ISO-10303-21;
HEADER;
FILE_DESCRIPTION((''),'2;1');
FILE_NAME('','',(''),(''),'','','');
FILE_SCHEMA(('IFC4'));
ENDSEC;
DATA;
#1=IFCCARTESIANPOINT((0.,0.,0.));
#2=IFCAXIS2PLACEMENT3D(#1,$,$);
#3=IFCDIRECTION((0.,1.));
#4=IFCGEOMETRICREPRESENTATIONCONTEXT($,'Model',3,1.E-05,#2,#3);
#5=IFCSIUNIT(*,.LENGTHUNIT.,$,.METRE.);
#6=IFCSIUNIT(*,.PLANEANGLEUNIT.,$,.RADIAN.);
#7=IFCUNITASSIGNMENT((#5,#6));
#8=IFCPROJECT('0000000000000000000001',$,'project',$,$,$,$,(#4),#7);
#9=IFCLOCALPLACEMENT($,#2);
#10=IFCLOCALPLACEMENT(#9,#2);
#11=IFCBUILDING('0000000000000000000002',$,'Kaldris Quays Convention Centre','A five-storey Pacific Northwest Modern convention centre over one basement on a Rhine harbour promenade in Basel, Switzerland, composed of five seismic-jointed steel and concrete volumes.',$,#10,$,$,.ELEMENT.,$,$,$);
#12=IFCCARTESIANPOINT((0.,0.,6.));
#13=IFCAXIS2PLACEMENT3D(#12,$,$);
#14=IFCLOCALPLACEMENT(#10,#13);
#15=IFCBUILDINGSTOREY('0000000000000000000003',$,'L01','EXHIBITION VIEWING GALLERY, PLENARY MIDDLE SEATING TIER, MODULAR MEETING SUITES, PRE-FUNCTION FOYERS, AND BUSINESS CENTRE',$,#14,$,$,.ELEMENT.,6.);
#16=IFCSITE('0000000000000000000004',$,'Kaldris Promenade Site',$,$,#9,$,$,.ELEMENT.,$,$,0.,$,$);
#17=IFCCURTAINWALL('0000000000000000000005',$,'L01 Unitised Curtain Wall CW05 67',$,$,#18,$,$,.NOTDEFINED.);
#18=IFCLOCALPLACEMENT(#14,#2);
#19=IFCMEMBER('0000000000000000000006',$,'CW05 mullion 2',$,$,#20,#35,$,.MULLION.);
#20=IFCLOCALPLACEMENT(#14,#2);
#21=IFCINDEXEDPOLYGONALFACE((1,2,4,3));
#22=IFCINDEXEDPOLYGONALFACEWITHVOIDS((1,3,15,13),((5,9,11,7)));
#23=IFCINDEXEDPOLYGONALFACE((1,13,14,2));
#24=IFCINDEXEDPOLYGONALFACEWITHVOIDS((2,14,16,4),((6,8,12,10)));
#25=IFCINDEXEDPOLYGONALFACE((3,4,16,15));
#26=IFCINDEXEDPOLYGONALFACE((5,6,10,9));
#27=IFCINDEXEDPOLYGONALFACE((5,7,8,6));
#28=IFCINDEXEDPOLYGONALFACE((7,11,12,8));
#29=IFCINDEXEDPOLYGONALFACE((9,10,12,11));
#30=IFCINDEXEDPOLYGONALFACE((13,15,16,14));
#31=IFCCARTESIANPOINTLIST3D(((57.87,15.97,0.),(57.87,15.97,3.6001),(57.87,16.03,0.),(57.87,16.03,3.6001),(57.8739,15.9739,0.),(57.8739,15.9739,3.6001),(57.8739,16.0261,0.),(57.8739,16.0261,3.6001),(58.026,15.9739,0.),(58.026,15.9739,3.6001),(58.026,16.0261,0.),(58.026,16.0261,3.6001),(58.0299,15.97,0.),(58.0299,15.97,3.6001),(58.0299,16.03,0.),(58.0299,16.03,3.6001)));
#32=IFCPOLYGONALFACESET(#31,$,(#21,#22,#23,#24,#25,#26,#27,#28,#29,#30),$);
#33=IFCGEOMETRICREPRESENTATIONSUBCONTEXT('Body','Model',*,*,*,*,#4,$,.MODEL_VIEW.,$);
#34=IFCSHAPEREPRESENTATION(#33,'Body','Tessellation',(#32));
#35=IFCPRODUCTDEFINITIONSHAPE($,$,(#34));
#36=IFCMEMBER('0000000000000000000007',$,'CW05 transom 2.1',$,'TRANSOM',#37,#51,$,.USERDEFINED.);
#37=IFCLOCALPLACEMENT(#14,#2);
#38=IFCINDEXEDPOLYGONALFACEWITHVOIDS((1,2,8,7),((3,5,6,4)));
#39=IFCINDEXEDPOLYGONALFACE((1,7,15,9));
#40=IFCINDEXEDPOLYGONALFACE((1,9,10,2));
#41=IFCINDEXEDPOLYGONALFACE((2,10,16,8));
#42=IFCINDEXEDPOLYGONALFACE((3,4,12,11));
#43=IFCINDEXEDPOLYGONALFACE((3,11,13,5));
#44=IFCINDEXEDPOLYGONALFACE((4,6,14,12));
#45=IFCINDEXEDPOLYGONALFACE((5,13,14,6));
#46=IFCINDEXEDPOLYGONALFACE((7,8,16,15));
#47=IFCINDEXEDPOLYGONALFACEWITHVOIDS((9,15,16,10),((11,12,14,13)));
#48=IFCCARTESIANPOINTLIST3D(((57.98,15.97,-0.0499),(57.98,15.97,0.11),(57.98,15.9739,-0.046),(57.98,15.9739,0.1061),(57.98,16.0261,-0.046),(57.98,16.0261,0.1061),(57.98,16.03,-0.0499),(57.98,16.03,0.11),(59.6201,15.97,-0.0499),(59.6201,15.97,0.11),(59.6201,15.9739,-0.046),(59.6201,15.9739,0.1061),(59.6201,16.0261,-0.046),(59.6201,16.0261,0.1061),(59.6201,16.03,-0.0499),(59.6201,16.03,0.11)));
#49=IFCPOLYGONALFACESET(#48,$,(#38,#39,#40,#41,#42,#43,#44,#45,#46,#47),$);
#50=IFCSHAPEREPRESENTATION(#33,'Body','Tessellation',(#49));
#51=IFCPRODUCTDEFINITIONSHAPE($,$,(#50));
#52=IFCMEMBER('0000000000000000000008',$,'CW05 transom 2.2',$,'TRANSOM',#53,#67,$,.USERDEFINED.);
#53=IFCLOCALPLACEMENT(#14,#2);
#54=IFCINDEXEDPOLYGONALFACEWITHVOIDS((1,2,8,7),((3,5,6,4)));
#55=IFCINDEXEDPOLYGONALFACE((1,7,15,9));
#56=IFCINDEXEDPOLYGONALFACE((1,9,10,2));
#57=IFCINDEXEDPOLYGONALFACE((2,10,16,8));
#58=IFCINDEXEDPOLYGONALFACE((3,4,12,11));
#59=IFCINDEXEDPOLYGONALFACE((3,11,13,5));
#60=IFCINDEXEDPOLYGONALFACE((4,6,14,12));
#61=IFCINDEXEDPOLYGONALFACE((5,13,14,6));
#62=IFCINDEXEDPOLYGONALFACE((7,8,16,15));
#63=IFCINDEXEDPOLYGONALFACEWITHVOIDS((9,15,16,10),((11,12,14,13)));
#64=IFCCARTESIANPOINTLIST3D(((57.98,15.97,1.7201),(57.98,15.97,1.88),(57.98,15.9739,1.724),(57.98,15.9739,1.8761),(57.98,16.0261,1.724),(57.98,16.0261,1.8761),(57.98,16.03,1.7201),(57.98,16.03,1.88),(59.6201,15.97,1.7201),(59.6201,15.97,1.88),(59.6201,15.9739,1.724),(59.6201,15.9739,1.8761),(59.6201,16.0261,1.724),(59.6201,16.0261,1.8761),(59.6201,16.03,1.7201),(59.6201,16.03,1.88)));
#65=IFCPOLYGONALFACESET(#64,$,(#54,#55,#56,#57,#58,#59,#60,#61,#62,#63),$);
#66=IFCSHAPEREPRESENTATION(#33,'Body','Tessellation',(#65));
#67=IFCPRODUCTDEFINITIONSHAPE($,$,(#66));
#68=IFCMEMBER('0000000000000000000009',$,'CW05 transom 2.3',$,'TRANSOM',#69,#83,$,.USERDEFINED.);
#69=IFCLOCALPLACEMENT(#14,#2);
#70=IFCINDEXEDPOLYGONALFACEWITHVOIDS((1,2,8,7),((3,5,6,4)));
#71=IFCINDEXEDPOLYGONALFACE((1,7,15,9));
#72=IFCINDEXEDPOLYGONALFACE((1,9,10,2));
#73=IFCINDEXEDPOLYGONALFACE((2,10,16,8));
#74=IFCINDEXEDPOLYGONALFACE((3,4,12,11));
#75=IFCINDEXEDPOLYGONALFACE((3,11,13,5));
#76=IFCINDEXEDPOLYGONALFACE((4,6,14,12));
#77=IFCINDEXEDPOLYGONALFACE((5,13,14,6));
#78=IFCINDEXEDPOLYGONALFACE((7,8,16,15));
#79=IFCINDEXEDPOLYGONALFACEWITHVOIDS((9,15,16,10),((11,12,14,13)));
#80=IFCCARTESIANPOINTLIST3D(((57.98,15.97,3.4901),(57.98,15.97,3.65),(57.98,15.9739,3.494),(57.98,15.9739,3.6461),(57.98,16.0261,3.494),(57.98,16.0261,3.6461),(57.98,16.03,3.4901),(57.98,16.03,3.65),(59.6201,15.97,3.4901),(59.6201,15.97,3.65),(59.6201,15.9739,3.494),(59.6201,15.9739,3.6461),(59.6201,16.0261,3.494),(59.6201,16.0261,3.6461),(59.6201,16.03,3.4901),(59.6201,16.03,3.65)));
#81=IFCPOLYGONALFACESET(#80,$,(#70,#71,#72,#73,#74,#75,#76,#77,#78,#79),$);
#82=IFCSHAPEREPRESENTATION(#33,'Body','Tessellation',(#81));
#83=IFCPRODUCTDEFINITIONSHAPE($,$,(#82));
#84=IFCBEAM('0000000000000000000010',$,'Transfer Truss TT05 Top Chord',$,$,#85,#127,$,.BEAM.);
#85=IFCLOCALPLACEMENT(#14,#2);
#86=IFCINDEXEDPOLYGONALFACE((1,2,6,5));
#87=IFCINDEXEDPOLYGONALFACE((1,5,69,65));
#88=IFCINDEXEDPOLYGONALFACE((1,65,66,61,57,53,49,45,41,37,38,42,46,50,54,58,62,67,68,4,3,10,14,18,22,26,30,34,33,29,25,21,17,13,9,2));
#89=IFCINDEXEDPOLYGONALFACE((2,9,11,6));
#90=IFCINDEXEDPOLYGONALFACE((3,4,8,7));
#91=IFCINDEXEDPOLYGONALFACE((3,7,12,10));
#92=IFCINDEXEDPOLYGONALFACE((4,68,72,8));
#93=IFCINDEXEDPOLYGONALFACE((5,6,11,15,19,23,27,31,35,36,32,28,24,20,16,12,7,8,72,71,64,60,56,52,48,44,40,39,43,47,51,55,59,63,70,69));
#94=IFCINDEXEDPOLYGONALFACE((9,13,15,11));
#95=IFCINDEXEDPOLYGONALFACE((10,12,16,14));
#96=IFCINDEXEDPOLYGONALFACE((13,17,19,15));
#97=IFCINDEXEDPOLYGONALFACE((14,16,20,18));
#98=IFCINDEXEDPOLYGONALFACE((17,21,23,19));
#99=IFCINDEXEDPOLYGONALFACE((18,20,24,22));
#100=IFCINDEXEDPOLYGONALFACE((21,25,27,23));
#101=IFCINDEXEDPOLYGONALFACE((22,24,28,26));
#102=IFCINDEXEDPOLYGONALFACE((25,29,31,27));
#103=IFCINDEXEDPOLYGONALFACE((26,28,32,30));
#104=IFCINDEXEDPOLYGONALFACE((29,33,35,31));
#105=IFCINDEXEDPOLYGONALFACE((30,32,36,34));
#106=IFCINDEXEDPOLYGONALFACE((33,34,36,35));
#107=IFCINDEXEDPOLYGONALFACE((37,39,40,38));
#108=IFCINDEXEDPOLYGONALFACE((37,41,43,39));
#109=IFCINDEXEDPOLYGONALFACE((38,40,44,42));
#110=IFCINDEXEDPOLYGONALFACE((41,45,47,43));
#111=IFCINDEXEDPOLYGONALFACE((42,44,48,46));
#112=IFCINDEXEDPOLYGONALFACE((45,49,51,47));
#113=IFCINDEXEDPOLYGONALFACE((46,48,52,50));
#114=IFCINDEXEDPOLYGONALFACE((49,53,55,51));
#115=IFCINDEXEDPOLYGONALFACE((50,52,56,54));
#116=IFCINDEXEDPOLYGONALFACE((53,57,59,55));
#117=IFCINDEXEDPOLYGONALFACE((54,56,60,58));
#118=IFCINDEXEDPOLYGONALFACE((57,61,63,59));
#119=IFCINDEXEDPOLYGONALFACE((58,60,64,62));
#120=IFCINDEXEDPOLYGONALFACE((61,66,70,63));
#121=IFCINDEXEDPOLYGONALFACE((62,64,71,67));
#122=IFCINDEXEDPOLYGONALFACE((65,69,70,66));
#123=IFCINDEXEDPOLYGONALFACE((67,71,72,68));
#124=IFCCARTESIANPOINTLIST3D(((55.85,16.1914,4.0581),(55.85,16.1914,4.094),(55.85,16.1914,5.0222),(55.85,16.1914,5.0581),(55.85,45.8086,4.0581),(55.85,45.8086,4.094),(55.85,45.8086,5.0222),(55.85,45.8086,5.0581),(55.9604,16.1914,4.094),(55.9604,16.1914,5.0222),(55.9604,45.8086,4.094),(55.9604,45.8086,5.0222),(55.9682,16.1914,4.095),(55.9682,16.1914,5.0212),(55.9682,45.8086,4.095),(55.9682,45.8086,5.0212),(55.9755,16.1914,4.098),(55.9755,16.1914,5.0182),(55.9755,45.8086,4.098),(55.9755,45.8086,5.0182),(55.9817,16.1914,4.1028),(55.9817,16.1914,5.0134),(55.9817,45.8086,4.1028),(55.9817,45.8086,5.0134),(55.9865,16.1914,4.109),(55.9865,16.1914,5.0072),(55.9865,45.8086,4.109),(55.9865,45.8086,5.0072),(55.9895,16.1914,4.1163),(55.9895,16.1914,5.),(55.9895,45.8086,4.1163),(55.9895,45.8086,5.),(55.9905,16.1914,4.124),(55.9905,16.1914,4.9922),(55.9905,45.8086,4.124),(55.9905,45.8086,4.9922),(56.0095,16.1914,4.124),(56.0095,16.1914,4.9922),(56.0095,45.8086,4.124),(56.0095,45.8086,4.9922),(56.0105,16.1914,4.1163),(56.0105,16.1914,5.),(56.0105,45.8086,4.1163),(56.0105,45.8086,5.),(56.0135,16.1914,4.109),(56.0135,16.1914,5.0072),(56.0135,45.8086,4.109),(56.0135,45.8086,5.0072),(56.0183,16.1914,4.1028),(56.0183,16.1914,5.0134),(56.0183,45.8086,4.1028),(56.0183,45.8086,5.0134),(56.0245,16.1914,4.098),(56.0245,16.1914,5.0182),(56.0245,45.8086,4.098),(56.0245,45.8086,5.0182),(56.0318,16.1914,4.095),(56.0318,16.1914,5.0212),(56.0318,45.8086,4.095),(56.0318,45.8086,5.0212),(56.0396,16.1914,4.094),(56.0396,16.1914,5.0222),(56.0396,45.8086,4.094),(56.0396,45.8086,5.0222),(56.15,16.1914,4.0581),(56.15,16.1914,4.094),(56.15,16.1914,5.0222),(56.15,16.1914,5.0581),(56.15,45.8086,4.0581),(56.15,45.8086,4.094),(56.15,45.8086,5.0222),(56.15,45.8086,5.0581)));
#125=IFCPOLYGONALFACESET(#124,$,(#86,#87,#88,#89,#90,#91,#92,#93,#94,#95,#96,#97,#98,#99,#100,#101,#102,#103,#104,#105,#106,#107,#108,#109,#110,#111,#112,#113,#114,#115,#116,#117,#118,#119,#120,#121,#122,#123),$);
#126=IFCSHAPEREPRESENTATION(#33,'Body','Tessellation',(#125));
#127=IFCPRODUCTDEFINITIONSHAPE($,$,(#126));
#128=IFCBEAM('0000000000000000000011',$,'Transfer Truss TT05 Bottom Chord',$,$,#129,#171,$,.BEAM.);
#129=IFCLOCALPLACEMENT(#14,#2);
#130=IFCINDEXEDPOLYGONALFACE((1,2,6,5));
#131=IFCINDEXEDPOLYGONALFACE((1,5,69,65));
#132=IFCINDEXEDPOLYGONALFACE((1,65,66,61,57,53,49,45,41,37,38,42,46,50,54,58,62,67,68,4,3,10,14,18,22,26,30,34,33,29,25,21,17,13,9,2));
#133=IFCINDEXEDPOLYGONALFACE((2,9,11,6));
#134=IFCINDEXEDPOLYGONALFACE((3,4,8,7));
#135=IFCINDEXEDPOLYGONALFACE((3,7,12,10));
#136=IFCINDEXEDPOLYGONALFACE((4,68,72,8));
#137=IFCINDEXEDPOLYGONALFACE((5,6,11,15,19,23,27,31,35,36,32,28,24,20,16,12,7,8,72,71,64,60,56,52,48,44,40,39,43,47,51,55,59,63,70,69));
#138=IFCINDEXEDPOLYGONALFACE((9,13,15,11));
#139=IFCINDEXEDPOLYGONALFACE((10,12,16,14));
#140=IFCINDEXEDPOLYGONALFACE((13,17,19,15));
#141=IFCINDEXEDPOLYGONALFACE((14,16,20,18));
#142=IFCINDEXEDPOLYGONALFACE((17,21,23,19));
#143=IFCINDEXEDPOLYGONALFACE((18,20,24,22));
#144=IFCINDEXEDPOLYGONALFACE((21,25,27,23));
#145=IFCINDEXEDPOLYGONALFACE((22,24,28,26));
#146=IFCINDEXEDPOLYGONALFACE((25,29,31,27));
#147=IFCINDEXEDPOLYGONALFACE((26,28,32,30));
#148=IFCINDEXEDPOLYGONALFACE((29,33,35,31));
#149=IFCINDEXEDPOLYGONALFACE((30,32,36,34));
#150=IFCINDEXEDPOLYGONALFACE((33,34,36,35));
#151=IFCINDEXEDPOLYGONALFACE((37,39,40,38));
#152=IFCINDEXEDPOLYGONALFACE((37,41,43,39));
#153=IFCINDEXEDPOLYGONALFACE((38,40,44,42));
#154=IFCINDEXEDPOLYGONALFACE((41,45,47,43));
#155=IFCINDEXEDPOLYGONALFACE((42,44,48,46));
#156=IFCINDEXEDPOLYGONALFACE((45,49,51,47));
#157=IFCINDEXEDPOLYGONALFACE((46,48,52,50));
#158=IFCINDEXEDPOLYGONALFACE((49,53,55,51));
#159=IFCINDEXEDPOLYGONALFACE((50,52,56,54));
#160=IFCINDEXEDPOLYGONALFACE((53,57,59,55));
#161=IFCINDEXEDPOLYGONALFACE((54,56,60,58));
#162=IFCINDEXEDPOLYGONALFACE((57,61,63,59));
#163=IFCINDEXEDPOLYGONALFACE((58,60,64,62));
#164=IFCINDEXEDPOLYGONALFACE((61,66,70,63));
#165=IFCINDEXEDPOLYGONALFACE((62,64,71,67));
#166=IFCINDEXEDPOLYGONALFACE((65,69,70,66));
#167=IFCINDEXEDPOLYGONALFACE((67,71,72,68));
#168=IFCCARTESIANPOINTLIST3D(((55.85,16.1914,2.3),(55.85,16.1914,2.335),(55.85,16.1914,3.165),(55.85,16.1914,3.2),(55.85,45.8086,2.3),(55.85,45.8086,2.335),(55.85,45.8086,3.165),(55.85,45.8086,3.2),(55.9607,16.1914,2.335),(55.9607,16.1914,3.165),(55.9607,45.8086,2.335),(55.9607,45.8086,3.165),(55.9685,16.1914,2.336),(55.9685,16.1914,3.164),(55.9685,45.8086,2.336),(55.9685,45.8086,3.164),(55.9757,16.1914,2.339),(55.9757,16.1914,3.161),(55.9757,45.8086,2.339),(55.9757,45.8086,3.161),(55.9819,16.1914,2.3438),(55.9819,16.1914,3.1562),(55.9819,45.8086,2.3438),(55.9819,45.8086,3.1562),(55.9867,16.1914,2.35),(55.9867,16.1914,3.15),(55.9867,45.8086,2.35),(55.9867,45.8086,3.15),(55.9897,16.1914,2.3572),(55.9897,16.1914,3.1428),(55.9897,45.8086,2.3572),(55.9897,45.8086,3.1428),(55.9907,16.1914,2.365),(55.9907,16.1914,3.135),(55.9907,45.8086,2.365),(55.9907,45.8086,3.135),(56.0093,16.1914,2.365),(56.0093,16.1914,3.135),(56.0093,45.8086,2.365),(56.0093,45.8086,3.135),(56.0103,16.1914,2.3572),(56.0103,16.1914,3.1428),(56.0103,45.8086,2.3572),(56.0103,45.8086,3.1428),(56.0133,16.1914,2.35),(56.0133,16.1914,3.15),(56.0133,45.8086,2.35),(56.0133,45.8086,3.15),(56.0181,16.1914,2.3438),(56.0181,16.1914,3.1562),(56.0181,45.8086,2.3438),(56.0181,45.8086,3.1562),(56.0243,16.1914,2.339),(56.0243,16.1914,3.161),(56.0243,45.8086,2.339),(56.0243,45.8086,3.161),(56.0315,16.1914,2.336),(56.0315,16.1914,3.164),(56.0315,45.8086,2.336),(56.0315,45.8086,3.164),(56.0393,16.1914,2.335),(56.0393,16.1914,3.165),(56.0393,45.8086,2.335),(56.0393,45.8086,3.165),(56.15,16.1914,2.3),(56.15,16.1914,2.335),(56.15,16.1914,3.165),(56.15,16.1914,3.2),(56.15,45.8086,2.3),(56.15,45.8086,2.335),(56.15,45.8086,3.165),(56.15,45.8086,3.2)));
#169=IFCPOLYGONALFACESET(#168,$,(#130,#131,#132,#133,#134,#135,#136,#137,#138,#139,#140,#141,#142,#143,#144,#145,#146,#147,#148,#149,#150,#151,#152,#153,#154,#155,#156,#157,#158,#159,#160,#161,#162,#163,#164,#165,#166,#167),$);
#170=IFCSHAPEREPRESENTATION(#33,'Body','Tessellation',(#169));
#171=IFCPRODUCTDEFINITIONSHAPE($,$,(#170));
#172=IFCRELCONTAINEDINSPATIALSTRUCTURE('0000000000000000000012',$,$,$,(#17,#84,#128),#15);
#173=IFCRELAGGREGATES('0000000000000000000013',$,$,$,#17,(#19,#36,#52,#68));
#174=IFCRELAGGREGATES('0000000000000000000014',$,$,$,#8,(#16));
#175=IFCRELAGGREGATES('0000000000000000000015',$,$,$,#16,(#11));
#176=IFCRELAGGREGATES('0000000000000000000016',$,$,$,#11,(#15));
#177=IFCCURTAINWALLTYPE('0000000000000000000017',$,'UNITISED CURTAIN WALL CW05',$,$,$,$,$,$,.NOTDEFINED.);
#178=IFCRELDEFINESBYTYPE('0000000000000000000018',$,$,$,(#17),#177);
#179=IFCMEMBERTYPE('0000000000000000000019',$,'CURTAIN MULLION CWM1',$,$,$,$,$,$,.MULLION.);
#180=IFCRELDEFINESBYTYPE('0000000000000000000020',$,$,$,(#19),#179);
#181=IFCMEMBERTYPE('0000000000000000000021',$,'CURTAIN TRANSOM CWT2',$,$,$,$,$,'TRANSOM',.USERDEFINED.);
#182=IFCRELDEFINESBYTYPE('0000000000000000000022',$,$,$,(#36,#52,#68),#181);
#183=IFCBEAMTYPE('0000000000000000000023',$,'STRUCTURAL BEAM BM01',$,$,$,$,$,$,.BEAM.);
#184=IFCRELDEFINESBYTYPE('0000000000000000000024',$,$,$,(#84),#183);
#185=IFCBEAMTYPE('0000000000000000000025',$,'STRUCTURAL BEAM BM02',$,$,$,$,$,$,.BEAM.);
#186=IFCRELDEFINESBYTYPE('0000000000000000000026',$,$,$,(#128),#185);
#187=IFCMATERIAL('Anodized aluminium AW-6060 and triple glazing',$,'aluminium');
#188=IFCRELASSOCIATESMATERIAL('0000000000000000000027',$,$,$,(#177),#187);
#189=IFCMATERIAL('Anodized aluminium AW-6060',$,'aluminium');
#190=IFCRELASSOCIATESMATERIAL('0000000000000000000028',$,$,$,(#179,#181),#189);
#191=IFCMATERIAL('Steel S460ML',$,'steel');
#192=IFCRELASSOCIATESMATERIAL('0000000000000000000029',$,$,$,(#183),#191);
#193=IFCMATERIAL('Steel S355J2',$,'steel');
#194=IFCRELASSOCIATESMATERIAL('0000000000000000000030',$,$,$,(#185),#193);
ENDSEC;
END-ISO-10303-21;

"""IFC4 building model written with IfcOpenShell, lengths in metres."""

from ifc_helpers import new_model, si_unit, direction, frame, origin, origin_2d, place, context, subcontext, project, spatial, hollow_rectangle, i_section, extrude, material, material_profile, profile_set, type_object, element, aggregate, save


model = new_model("IFC4")

# Units and contexts
model_context = context("Model", 3, precision=1e-05, world=origin(), true_north=direction((0.0, 1.0)))
body_context = subcontext(model_context, "Body", "Model", "MODEL_VIEW")
ifc_project = project(units=[si_unit("LENGTHUNIT", "METRE"), si_unit("PLANEANGLEUNIT", "RADIAN")], contexts=[model_context])

# Site, building, storey
site_placement = place(None, origin())
site = spatial("IfcSite", under=ifc_project, at=site_placement, Name="Kaldris Promenade Site", CompositionType="ELEMENT", RefElevation=0.0)
building_placement = place(site_placement, origin())
building = spatial("IfcBuilding", under=site, at=building_placement, Name="Kaldris Quays Convention Centre", Description="A five-storey Pacific Northwest Modern convention centre over one basement on a Rhine harbour promenade in Basel, Switzerland, composed of five seismic-jointed steel and concrete volumes.", CompositionType="ELEMENT")
storey_placement = place(building_placement, frame((0.0, 0.0, 6.0)))
storey = spatial("IfcBuildingStorey", under=building, at=storey_placement, Name="L01", Description="EXHIBITION VIEWING GALLERY, PLENARY MIDDLE SEATING TIER, MODULAR MEETING SUITES, PRE-FUNCTION FOYERS, AND BUSINESS CENTRE", CompositionType="ELEMENT", Elevation=6.0)

# Curtain wall, members
ifc_material_1 = material(Name="Anodized aluminium AW-6060 and triple glazing", Category="aluminium")
curtain_wall_type = type_object("IfcCurtainWallType", Name="UNITISED CURTAIN WALL CW05", PredefinedType="NOTDEFINED", material=ifc_material_1)
curtain_wall_placement = place(storey_placement, origin())
curtain_wall = element("IfcCurtainWall", 1, at=curtain_wall_placement, inside=storey, type_object=curtain_wall_type, Name="L01 Unitised Curtain Wall CW05 67", PredefinedType="NOTDEFINED")
ifc_material_2 = material(Name="Anodized aluminium AW-6060", Category="aluminium")
ifc_material_profile_1 = material_profile(ifc_material_2, hollow_rectangle(XDim=0.0601, YDim=0.1599, WallThickness=0.0039, at=origin_2d()), Name="RHS 160x60x4")
ifc_profile_set_1 = profile_set([ifc_material_profile_1], Name="Anodized aluminium AW-6060")
member_type_1 = type_object("IfcMemberType", Name="CURTAIN MULLION CWM1", PredefinedType="MULLION", material=ifc_profile_set_1)
member_1_placement = place(storey_placement, frame((57.95, 16.0, 0.0), z_axis=(0.0, 0.0, 1.0), x_axis=(0.0, 1.0, 0.0)))
member_1 = element("IfcMember", 2, at=member_1_placement, type_object=member_type_1, Name="CW05 mullion 2", PredefinedType="MULLION", context=body_context, shape_type="SweptSolid", body=[
    extrude(hollow_rectangle(XDim=0.0601, YDim=0.1599, WallThickness=0.0039, at=origin_2d()), origin(), (0.0, 0.0, 1.0), 3.6001),
])
ifc_material_profile_2 = material_profile(ifc_material_2, hollow_rectangle(XDim=0.0601, YDim=0.1599, WallThickness=0.0039, at=origin_2d()), Name="RHS 160x60x4")
ifc_profile_set_2 = profile_set([ifc_material_profile_2], Name="Anodized aluminium AW-6060")
member_type_2 = type_object("IfcMemberType", Name="CURTAIN TRANSOM CWT2", ElementType="TRANSOM", PredefinedType="USERDEFINED", material=ifc_profile_set_2)
member_2_placement = place(storey_placement, frame((57.98, 16.0, 0.03), z_axis=(1.0, 0.0, 0.0), x_axis=(0.0, 1.0, 0.0)))
member_2 = element("IfcMember", 3, at=member_2_placement, type_object=member_type_2, Name="CW05 transom 2.1", ObjectType="TRANSOM", PredefinedType="USERDEFINED", context=body_context, shape_type="SweptSolid", body=[
    extrude(hollow_rectangle(XDim=0.0601, YDim=0.1599, WallThickness=0.0039, at=origin_2d()), origin(), (0.0, 0.0, 1.0), 1.6401),
])
member_3_placement = place(storey_placement, frame((57.98, 16.0, 1.8), z_axis=(1.0, 0.0, 0.0), x_axis=(0.0, 1.0, 0.0)))
member_3 = element("IfcMember", 4, at=member_3_placement, type_object=member_type_2, Name="CW05 transom 2.2", ObjectType="TRANSOM", PredefinedType="USERDEFINED", context=body_context, shape_type="SweptSolid", body=[
    extrude(hollow_rectangle(XDim=0.0601, YDim=0.1599, WallThickness=0.0039, at=origin_2d()), origin(), (0.0, 0.0, 1.0), 1.6401),
])
member_4_placement = place(storey_placement, frame((57.98, 16.0, 3.5701), z_axis=(1.0, 0.0, 0.0), x_axis=(0.0, 1.0, 0.0)))
member_4 = element("IfcMember", 5, at=member_4_placement, type_object=member_type_2, Name="CW05 transom 2.3", ObjectType="TRANSOM", PredefinedType="USERDEFINED", context=body_context, shape_type="SweptSolid", body=[
    extrude(hollow_rectangle(XDim=0.0601, YDim=0.1599, WallThickness=0.0039, at=origin_2d()), origin(), (0.0, 0.0, 1.0), 1.6401),
])

# Beams
ifc_material_3 = material(Name="Steel S460ML", Category="steel")
ifc_material_profile_3 = material_profile(ifc_material_3, i_section(OverallWidth=0.3, OverallDepth=1.0, WebThickness=0.019, FlangeThickness=0.0359, FilletRadius=0.03, at=origin_2d()), Name="HEB 1000")
ifc_profile_set_3 = profile_set([ifc_material_profile_3], Name="Steel S460ML")
beam_type_1 = type_object("IfcBeamType", Name="STRUCTURAL BEAM BM01", PredefinedType="BEAM", material=ifc_profile_set_3)
beam_1_placement = place(storey_placement, frame((56.0, 16.1914, 4.5581), z_axis=(0.0, 1.0, 0.0), x_axis=(-1.0, 0.0, 0.0)))
element("IfcBeam", 6, at=beam_1_placement, inside=storey, type_object=beam_type_1, Name="Transfer Truss TT05 Top Chord", PredefinedType="BEAM", context=body_context, shape_type="SweptSolid", body=[
    extrude(i_section(OverallWidth=0.3, OverallDepth=1.0, WebThickness=0.019, FlangeThickness=0.0359, FilletRadius=0.03, at=origin_2d()), origin(), (0.0, 0.0, 1.0), 29.6172),
])
ifc_material_4 = material(Name="Steel S355J2", Category="steel")
ifc_material_profile_4 = material_profile(ifc_material_4, i_section(OverallWidth=0.3, OverallDepth=0.8999, WebThickness=0.0186, FlangeThickness=0.0349, FilletRadius=0.03, at=origin_2d()), Name="HEB 900")
ifc_profile_set_4 = profile_set([ifc_material_profile_4], Name="Steel S355J2")
beam_type_2 = type_object("IfcBeamType", Name="STRUCTURAL BEAM BM02", PredefinedType="BEAM", material=ifc_profile_set_4)
beam_2_placement = place(storey_placement, frame((56.0, 16.1914, 2.75), z_axis=(0.0, 1.0, 0.0), x_axis=(-1.0, 0.0, 0.0)))
element("IfcBeam", 7, at=beam_2_placement, inside=storey, type_object=beam_type_2, Name="Transfer Truss TT05 Bottom Chord", PredefinedType="BEAM", context=body_context, shape_type="SweptSolid", body=[
    extrude(i_section(OverallWidth=0.3, OverallDepth=0.8999, WebThickness=0.0186, FlangeThickness=0.0349, FilletRadius=0.03, at=origin_2d()), origin(), (0.0, 0.0, 1.0), 29.6172),
])

aggregate(curtain_wall, [member_1, member_2, member_3, member_4])

save(model, "model.ifc")
